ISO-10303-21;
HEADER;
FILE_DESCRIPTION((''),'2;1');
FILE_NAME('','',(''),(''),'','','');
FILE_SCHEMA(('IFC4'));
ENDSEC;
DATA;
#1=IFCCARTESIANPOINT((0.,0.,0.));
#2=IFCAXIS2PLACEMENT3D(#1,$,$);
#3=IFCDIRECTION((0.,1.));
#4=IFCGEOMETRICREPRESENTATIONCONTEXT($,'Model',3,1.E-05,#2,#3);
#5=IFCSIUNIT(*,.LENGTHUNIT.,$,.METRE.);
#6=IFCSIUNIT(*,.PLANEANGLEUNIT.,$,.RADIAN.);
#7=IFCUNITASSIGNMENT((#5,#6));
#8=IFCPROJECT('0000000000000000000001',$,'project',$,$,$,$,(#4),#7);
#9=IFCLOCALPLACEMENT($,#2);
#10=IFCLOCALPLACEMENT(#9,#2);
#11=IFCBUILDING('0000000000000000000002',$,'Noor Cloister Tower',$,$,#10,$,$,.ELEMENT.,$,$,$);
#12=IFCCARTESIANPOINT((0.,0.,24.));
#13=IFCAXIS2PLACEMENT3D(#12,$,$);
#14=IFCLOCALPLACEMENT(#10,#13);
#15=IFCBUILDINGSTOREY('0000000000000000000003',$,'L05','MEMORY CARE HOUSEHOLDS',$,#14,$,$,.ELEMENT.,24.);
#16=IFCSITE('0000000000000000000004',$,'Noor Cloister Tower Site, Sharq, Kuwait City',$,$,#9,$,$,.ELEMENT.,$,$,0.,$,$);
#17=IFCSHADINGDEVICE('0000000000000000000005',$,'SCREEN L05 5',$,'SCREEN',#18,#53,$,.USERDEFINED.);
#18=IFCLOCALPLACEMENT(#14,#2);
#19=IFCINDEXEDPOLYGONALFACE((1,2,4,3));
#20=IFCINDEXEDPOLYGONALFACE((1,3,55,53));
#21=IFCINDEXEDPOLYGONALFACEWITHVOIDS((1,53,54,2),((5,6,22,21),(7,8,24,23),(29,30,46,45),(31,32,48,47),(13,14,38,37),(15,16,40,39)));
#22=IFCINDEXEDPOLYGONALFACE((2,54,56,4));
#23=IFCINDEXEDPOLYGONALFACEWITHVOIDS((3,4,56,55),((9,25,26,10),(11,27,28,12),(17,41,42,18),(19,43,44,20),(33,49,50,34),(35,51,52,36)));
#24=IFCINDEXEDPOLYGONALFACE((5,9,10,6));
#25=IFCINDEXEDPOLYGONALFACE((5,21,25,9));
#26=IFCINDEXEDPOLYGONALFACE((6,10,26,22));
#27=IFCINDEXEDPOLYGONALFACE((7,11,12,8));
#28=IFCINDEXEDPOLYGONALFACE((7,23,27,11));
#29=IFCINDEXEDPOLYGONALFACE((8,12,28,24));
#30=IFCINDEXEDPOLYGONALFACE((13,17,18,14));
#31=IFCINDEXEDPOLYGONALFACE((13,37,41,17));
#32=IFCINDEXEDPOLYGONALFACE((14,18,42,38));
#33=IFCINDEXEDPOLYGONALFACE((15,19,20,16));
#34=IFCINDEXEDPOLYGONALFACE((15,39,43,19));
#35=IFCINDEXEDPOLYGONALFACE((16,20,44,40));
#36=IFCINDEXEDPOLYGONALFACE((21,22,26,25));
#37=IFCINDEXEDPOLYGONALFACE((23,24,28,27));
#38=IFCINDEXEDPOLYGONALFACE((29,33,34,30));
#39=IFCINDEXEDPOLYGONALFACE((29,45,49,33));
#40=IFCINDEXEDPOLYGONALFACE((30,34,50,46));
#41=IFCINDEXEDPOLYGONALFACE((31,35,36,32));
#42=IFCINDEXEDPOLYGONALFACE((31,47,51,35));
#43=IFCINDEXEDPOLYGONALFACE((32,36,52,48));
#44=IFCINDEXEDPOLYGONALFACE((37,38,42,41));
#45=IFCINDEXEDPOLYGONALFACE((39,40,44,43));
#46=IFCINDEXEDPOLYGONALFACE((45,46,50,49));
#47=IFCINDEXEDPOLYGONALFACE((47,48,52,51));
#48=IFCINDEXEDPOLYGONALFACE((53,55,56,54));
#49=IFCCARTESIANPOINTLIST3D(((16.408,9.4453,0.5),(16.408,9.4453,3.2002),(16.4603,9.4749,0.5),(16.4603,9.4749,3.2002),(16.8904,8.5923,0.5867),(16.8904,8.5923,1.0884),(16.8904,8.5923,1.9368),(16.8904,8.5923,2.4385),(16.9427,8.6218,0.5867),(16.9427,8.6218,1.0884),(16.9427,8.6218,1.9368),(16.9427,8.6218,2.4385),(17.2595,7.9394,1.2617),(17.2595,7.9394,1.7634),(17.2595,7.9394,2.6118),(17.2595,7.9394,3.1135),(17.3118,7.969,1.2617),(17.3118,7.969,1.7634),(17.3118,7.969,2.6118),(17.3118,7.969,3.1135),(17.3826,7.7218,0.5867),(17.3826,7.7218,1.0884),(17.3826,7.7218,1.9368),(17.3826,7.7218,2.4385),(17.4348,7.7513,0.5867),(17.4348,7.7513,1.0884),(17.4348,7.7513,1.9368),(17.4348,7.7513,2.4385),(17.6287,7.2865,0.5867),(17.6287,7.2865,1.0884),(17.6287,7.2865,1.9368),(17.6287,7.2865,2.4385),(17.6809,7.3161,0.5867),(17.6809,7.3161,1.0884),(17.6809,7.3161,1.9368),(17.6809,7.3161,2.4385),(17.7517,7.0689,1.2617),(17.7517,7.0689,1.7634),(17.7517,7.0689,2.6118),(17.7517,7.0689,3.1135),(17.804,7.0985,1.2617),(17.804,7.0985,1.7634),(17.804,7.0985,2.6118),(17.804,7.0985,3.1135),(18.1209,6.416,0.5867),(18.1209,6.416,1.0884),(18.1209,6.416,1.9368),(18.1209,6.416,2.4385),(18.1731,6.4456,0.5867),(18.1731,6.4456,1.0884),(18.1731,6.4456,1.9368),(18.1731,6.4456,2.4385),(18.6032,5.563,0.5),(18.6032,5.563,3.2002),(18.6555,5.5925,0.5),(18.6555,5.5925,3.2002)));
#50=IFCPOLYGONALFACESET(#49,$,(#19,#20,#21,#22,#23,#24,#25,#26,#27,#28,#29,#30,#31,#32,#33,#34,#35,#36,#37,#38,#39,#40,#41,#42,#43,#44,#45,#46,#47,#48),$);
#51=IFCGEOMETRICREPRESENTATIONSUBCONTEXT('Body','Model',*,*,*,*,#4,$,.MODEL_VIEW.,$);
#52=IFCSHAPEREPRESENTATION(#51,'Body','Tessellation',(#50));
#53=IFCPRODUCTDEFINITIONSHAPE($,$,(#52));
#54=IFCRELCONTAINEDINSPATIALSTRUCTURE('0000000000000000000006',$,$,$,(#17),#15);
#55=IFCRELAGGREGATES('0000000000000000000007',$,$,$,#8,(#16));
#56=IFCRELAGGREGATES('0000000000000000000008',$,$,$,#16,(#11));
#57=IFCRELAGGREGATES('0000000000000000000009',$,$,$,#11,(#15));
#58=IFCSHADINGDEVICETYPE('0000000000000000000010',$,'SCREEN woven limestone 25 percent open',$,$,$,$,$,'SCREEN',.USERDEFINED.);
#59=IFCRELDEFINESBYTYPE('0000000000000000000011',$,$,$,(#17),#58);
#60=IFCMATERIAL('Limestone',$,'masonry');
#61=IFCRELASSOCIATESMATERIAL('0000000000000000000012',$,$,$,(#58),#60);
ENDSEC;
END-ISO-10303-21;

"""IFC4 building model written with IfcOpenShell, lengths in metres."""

from ifc_helpers import new_model, si_unit, direction, frame, origin, place, context, subcontext, project, spatial, polyline, outline, extrude, material, material_profile, profile_set, type_object, element, save


model = new_model("IFC4")

# Units and contexts
model_context = context("Model", 3, precision=1e-05, world=origin(), true_north=direction((0.0, 1.0)))
body_context = subcontext(model_context, "Body", "Model", "MODEL_VIEW")
ifc_project = project(units=[si_unit("LENGTHUNIT", "METRE"), si_unit("PLANEANGLEUNIT", "RADIAN")], contexts=[model_context])

# Site, building, storey
site_placement = place(None, origin())
site = spatial("IfcSite", under=ifc_project, at=site_placement, Name="Noor Cloister Tower Site, Sharq, Kuwait City", CompositionType="ELEMENT", RefElevation=0.0)
building_placement = place(site_placement, origin())
building = spatial("IfcBuilding", under=site, at=building_placement, Name="Noor Cloister Tower", CompositionType="ELEMENT")
storey_placement = place(building_placement, frame((0.0, 0.0, 24.0)))
storey = spatial("IfcBuildingStorey", under=building, at=storey_placement, Name="L05", Description="MEMORY CARE HOUSEHOLDS", CompositionType="ELEMENT", Elevation=24.0)

# Shading device
ifc_material_1 = material(Name="Limestone", Category="masonry")
ifc_material_profile_1 = material_profile(ifc_material_1, outline(polyline([(-2.23, -1.3501), (2.23, -1.3501), (2.23, 1.3501), (-2.23, 1.3501), (-2.23, -1.3501)]), holes=[polyline([(-1.25, -1.2634), (-0.25, -1.2634), (-0.25, -0.7617), (-1.25, -0.7617), (-1.25, -1.2634)]), polyline([(0.25, -1.2634), (1.25, -1.2634), (1.25, -0.7617), (0.25, -0.7617), (0.25, -1.2634)]), polyline([(-0.5, -0.5884), (0.5, -0.5884), (0.5, -0.0867), (-0.5, -0.0867), (-0.5, -0.5884)]), polyline([(-1.25, 0.0867), (-0.25, 0.0867), (-0.25, 0.5884), (-1.25, 0.5884), (-1.25, 0.0867)]), polyline([(0.25, 0.0867), (1.25, 0.0867), (1.25, 0.5884), (0.25, 0.5884), (0.25, 0.0867)]), polyline([(-0.5, 0.7617), (0.5, 0.7617), (0.5, 1.2634), (-0.5, 1.2634), (-0.5, 0.7617)])]), Name="Woven screen 25 percent open")
ifc_profile_set_1 = profile_set([ifc_material_profile_1], Name="Limestone")
shading_device_type = type_object("IfcShadingDeviceType", Name="SCREEN woven limestone 25 percent open", ElementType="SCREEN", PredefinedType="USERDEFINED", material=ifc_profile_set_1)
for number, where, z_axis, x_axis, name in (
    (1, (17.5056, 7.5042, 1.8501), (0.870487, 0.492191, 0.0), (-0.492191, 0.870487, 0.0), "SCREEN L05 5"),
):
    element("IfcShadingDevice", number, at=place(storey_placement, frame(where, z_axis=z_axis, x_axis=x_axis)), inside=storey, type_object=shading_device_type, Name=name, ObjectType="SCREEN", PredefinedType="USERDEFINED", context=body_context, shape_type="SweptSolid", body=[
        extrude(outline(polyline([(-2.23, -1.3501), (2.23, -1.3501), (2.23, 1.3501), (-2.23, 1.3501), (-2.23, -1.3501)]), holes=[polyline([(-1.25, -1.2634), (-0.25, -1.2634), (-0.25, -0.7617), (-1.25, -0.7617), (-1.25, -1.2634)]), polyline([(0.25, -1.2634), (1.25, -1.2634), (1.25, -0.7617), (0.25, -0.7617), (0.25, -1.2634)]), polyline([(-0.5, -0.5884), (0.5, -0.5884), (0.5, -0.0867), (-0.5, -0.0867), (-0.5, -0.5884)]), polyline([(-1.25, 0.0867), (-0.25, 0.0867), (-0.25, 0.5884), (-1.25, 0.5884), (-1.25, 0.0867)]), polyline([(0.25, 0.0867), (1.25, 0.0867), (1.25, 0.5884), (0.25, 0.5884), (0.25, 0.0867)]), polyline([(-0.5, 0.7617), (0.5, 0.7617), (0.5, 1.2634), (-0.5, 1.2634), (-0.5, 0.7617)])]), origin(), (0.0, 0.0, 1.0), 0.0601),
    ])

save(model, "model.ifc")
